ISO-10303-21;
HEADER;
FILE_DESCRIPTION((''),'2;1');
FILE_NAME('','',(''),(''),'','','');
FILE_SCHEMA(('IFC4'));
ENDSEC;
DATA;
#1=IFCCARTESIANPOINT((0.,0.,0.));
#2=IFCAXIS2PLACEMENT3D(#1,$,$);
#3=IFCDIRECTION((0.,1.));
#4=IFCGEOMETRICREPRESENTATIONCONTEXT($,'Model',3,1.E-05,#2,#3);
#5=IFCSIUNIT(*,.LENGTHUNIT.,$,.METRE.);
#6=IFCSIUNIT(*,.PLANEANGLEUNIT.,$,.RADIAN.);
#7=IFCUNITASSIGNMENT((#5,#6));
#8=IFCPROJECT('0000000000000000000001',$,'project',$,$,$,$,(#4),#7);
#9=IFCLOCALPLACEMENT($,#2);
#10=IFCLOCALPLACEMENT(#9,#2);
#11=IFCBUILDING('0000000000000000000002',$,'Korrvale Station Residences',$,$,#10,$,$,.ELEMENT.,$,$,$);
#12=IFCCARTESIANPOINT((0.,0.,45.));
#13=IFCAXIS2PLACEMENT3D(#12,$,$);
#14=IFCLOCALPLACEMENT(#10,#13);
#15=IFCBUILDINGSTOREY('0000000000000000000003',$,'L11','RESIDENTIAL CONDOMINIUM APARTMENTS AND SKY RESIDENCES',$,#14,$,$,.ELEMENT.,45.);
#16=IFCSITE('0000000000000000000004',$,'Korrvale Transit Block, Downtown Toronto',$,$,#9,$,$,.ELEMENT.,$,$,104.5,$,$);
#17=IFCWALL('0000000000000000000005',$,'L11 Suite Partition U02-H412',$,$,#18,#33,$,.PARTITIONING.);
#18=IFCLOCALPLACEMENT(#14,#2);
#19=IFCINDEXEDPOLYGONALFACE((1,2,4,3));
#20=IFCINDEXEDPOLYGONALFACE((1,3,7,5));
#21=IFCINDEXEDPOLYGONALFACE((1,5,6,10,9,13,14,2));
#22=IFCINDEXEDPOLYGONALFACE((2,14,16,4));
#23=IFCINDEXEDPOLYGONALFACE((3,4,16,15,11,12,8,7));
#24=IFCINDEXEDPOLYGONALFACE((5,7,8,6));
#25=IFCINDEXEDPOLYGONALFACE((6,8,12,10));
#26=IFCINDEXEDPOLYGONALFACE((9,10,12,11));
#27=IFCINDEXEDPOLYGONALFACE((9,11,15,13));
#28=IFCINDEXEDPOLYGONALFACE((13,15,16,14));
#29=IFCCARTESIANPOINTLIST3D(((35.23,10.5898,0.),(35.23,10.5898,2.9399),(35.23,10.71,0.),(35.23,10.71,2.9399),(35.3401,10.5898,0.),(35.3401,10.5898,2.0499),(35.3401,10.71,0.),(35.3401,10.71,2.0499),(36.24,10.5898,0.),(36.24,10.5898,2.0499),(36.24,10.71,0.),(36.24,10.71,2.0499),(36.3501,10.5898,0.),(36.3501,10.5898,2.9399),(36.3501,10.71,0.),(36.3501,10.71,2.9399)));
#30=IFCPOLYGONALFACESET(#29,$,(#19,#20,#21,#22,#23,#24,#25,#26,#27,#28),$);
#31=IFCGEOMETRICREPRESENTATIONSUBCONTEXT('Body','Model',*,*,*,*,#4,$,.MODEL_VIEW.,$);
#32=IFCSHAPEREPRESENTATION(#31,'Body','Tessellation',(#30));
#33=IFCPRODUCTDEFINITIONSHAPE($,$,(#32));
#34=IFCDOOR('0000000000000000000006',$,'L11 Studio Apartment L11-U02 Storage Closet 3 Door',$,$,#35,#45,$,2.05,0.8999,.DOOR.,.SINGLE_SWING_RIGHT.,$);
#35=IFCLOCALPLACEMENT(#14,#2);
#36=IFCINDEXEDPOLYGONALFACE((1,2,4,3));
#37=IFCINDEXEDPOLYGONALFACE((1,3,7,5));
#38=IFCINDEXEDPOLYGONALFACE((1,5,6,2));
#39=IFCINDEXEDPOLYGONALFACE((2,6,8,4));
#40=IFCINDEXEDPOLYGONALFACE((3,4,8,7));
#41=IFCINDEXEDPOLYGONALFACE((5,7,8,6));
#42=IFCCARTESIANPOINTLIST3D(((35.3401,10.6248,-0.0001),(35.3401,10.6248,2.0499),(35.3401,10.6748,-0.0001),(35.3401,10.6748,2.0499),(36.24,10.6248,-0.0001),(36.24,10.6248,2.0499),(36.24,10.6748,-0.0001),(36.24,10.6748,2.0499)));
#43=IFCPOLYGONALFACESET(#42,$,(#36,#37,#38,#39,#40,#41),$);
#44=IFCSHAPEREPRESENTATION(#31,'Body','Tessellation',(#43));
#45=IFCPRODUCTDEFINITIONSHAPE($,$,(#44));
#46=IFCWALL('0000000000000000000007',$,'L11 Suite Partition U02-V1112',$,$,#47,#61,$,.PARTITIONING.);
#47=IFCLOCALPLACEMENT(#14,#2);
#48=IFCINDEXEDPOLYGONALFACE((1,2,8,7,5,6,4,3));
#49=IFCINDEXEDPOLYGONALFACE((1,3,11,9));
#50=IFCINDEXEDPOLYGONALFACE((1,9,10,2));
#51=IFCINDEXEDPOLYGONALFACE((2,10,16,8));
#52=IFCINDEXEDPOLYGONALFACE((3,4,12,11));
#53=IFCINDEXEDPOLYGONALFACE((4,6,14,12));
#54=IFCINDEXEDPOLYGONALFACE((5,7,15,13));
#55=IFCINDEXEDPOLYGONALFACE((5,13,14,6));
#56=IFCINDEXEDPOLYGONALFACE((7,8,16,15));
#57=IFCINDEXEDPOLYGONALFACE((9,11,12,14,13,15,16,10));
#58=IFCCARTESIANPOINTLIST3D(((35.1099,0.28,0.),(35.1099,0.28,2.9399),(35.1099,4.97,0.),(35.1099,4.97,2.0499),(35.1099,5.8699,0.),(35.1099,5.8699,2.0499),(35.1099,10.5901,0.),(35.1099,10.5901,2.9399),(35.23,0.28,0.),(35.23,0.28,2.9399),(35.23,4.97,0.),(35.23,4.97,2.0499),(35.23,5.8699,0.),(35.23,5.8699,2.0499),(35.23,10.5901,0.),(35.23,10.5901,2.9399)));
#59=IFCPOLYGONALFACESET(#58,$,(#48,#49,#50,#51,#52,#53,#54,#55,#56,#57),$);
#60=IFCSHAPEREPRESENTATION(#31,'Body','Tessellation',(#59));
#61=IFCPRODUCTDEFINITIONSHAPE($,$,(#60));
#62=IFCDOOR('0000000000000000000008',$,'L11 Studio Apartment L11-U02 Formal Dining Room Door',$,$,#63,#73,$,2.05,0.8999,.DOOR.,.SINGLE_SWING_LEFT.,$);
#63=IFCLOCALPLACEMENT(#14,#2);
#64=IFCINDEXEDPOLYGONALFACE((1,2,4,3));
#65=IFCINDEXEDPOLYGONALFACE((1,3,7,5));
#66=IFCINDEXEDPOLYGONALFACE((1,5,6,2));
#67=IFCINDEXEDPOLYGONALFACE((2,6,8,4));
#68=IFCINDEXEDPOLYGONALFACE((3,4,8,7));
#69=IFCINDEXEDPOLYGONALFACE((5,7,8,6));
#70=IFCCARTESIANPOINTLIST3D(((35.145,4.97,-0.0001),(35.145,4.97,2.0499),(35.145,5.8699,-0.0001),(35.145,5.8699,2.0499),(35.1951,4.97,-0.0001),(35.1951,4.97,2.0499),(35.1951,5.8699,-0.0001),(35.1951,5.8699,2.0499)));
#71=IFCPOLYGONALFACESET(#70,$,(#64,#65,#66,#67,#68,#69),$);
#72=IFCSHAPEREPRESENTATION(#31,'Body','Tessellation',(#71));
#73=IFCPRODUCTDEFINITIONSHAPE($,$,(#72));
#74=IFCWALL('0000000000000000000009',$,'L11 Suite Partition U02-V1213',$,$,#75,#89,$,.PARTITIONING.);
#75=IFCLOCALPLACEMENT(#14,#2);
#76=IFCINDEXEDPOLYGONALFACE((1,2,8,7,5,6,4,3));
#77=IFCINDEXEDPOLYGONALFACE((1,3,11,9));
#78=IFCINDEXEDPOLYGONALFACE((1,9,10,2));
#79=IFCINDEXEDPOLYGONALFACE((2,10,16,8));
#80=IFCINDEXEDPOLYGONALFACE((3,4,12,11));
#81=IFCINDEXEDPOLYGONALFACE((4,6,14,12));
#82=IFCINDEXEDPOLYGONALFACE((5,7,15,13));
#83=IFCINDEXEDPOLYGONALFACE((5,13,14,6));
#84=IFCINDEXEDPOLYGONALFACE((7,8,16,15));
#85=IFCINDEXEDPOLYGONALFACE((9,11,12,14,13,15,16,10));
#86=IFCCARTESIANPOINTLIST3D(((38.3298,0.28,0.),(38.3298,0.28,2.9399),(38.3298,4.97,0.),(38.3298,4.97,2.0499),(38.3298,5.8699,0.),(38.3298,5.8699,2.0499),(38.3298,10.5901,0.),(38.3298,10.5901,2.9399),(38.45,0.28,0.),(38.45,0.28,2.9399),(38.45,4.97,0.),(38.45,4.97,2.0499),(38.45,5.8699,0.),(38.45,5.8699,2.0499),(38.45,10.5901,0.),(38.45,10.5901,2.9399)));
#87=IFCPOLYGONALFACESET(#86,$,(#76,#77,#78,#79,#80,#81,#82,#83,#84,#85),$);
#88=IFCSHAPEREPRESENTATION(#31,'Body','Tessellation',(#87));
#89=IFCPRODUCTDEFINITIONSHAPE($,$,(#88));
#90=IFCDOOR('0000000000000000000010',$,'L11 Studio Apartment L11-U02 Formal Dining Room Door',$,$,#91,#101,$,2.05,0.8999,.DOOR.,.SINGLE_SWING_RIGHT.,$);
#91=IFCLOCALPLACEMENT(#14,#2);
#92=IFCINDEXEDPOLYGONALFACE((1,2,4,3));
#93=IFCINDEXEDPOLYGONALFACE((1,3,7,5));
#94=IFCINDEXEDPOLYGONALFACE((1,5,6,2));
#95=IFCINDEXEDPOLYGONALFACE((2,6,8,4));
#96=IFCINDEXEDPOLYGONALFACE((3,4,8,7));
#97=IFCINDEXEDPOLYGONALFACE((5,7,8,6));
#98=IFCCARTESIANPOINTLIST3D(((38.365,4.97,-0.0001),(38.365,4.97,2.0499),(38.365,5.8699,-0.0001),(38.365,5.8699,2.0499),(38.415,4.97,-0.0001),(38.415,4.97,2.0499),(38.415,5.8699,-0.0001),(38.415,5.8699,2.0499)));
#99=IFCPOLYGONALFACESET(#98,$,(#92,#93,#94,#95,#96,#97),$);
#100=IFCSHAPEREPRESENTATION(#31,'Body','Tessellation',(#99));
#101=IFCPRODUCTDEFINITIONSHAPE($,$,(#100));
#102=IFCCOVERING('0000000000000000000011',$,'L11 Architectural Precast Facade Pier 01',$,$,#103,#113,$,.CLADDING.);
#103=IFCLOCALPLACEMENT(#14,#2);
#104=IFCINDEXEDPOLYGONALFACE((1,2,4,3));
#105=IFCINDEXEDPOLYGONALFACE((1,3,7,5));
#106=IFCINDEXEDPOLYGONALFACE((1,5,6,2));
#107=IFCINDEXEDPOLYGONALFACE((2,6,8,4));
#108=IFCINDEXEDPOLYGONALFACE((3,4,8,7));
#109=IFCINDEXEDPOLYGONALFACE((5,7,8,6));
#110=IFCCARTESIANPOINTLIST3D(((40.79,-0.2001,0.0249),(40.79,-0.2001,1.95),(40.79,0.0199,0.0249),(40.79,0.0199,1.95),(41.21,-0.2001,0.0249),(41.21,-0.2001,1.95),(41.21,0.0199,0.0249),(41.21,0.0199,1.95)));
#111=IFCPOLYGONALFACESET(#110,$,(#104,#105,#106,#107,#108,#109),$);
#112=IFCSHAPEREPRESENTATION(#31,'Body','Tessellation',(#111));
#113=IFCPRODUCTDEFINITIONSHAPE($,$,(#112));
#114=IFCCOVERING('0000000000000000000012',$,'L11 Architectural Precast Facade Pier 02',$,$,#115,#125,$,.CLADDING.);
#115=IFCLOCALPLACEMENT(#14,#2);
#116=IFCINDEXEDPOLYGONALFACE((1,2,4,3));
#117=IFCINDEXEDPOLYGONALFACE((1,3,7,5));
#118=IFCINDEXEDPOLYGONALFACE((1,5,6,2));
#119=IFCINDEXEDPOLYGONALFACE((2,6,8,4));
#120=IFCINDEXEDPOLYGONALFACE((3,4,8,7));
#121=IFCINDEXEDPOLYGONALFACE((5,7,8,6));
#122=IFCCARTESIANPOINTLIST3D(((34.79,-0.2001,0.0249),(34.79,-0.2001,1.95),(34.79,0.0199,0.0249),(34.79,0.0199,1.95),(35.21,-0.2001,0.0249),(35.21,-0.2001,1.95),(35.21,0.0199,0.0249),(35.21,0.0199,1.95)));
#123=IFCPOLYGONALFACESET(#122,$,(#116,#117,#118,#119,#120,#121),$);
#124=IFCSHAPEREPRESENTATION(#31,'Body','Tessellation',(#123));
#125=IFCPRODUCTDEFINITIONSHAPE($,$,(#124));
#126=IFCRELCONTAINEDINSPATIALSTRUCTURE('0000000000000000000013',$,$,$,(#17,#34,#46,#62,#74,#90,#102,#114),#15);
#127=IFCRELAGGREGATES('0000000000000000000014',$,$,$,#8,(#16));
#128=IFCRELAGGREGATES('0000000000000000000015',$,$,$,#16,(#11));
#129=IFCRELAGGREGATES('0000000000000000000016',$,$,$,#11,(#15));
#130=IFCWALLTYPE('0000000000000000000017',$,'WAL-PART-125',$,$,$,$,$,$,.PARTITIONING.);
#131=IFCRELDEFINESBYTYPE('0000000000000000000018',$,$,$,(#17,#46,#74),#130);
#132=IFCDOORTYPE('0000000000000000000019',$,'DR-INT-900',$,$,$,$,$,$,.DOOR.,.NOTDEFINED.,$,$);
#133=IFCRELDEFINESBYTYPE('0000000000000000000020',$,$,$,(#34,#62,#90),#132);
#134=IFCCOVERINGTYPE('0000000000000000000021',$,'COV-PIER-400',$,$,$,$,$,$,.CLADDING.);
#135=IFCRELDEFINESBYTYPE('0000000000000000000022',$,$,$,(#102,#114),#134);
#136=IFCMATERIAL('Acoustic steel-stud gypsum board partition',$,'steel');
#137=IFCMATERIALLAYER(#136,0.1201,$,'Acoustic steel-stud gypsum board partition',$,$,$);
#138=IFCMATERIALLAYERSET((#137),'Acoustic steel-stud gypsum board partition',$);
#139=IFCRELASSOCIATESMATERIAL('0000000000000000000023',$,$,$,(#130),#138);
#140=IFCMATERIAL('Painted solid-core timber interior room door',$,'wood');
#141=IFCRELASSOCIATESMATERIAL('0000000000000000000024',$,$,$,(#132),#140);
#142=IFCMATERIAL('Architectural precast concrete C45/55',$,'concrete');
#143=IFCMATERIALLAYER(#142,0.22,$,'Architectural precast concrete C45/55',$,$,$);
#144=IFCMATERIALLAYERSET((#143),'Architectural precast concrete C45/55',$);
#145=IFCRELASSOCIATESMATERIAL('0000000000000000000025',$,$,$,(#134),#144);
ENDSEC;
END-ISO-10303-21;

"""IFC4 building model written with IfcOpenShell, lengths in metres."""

from ifc_helpers import new_model, si_unit, direction, frame, frame_2d, origin, origin_2d, place, context, subcontext, project, spatial, rectangle, extrude, material, layer, layer_set, type_object, element, fill, save


model = new_model("IFC4")

# Units and contexts
model_context = context("Model", 3, precision=1e-05, world=origin(), true_north=direction((0.0, 1.0)))
body_context = subcontext(model_context, "Body", "Model", "MODEL_VIEW")
ifc_project = project(units=[si_unit("LENGTHUNIT", "METRE"), si_unit("PLANEANGLEUNIT", "RADIAN")], contexts=[model_context])

# Site, building, storey
site_placement = place(None, origin())
site = spatial("IfcSite", under=ifc_project, at=site_placement, Name="Korrvale Transit Block, Downtown Toronto", CompositionType="ELEMENT", RefElevation=104.5)
building_placement = place(site_placement, origin())
building = spatial("IfcBuilding", under=site, at=building_placement, Name="Korrvale Station Residences", CompositionType="ELEMENT")
storey_placement = place(building_placement, frame((0.0, 0.0, 45.0)))
storey = spatial("IfcBuildingStorey", under=building, at=storey_placement, Name="L11", Description="RESIDENTIAL CONDOMINIUM APARTMENTS AND SKY RESIDENCES", CompositionType="ELEMENT", Elevation=45.0)

# Walls, openings, doors
ifc_material_1 = material(Name="Acoustic steel-stud gypsum board partition", Category="steel")
ifc_layer_1 = layer(ifc_material_1, 0.1201, Name="Acoustic steel-stud gypsum board partition")
ifc_layer_set_1 = layer_set([ifc_layer_1], Name="Acoustic steel-stud gypsum board partition")
wall_type = type_object("IfcWallType", Name="WAL-PART-125", PredefinedType="PARTITIONING", material=ifc_layer_set_1)
ifc_material_2 = material(Name="Painted solid-core timber interior room door", Category="wood")
door_type = type_object("IfcDoorType", Name="DR-INT-900", OperationType="NOTDEFINED", PredefinedType="DOOR", material=ifc_material_2)
wall_1_placement = place(storey_placement, frame((35.23, 10.6499, 0.0), z_axis=(0.0, 0.0, 1.0), x_axis=(1.0, 0.0, 0.0)))
wall_1 = element("IfcWall", 1, at=wall_1_placement, inside=storey, type_object=wall_type, Name="L11 Suite Partition U02-H412", PredefinedType="PARTITIONING", context=body_context, shape_type="SweptSolid", body=[
    extrude(rectangle(XDim=1.1201, YDim=0.1201, at=frame_2d((0.5601, 0.0))), origin(), (0.0, 0.0, 1.0), 2.9399),
])
opening_1_placement = place(wall_1_placement, frame((0.1101, 0.0, 0.0)))
opening_1 = element("IfcOpeningElement", 2, at=opening_1_placement, cuts=wall_1, PredefinedType="OPENING", context=body_context, shape_type="SweptSolid", body=[
    extrude(rectangle(XDim=0.8999, YDim=2.05, at=frame_2d((0.45, 1.0249))), frame((0.0, 0.0701, 0.0), z_axis=(0.0, -1.0, 0.0), x_axis=(1.0, 0.0, 0.0)), (0.0, 0.0, 1.0), 0.1401),
])
door_1_placement = place(opening_1_placement, origin())
door_1 = element("IfcDoor", 3, at=door_1_placement, inside=storey, type_object=door_type, Name="L11 Studio Apartment L11-U02 Storage Closet 3 Door", OperationType="SINGLE_SWING_RIGHT", OverallHeight=2.05, OverallWidth=0.8999, PredefinedType="DOOR", context=body_context, shape_type="SweptSolid", body=[
    extrude(rectangle(XDim=0.8999, YDim=2.05, at=frame_2d((0.45, 1.0249))), frame((0.0, 0.0249, 0.0), z_axis=(0.0, -1.0, 0.0), x_axis=(1.0, 0.0, 0.0)), (0.0, 0.0, 1.0), 0.05),
])
fill(opening_1, door_1)
wall_2_placement = place(storey_placement, frame((35.1699, 0.28, 0.0), z_axis=(0.0, 0.0, 1.0), x_axis=(0.0, 1.0, 0.0)))
wall_2 = element("IfcWall", 4, at=wall_2_placement, inside=storey, type_object=wall_type, Name="L11 Suite Partition U02-V1112", PredefinedType="PARTITIONING", context=body_context, shape_type="SweptSolid", body=[
    extrude(rectangle(XDim=10.3101, YDim=0.1201, at=frame_2d((5.155, 0.0))), origin(), (0.0, 0.0, 1.0), 2.9399),
])
opening_2_placement = place(wall_2_placement, frame((4.6899, 0.0, 0.0)))
opening_2 = element("IfcOpeningElement", 5, at=opening_2_placement, cuts=wall_2, PredefinedType="OPENING", context=body_context, shape_type="SweptSolid", body=[
    extrude(rectangle(XDim=0.8999, YDim=2.05, at=frame_2d((0.45, 1.0249))), frame((0.0, 0.0701, 0.0), z_axis=(0.0, -1.0, 0.0), x_axis=(1.0, 0.0, 0.0)), (0.0, 0.0, 1.0), 0.1401),
])
door_2_placement = place(opening_2_placement, origin())
door_2 = element("IfcDoor", 6, at=door_2_placement, inside=storey, type_object=door_type, Name="L11 Studio Apartment L11-U02 Formal Dining Room Door", OperationType="SINGLE_SWING_LEFT", OverallHeight=2.05, OverallWidth=0.8999, PredefinedType="DOOR", context=body_context, shape_type="SweptSolid", body=[
    extrude(rectangle(XDim=0.8999, YDim=2.05, at=frame_2d((0.45, 1.0249))), frame((0.0, 0.0249, 0.0), z_axis=(0.0, -1.0, 0.0), x_axis=(1.0, 0.0, 0.0)), (0.0, 0.0, 1.0), 0.05),
])
fill(opening_2, door_2)
wall_3_placement = place(storey_placement, frame((38.3899, 0.28, 0.0), z_axis=(0.0, 0.0, 1.0), x_axis=(0.0, 1.0, 0.0)))
wall_3 = element("IfcWall", 7, at=wall_3_placement, inside=storey, type_object=wall_type, Name="L11 Suite Partition U02-V1213", PredefinedType="PARTITIONING", context=body_context, shape_type="SweptSolid", body=[
    extrude(rectangle(XDim=10.3101, YDim=0.1201, at=frame_2d((5.155, 0.0))), origin(), (0.0, 0.0, 1.0), 2.9399),
])
opening_3_placement = place(wall_3_placement, frame((4.6899, 0.0, 0.0)))
opening_3 = element("IfcOpeningElement", 8, at=opening_3_placement, cuts=wall_3, PredefinedType="OPENING", context=body_context, shape_type="SweptSolid", body=[
    extrude(rectangle(XDim=0.8999, YDim=2.05, at=frame_2d((0.45, 1.0249))), frame((0.0, 0.0701, 0.0), z_axis=(0.0, -1.0, 0.0), x_axis=(1.0, 0.0, 0.0)), (0.0, 0.0, 1.0), 0.1401),
])
door_3_placement = place(opening_3_placement, origin())
door_3 = element("IfcDoor", 9, at=door_3_placement, inside=storey, type_object=door_type, Name="L11 Studio Apartment L11-U02 Formal Dining Room Door", OperationType="SINGLE_SWING_RIGHT", OverallHeight=2.05, OverallWidth=0.8999, PredefinedType="DOOR", context=body_context, shape_type="SweptSolid", body=[
    extrude(rectangle(XDim=0.8999, YDim=2.05, at=frame_2d((0.45, 1.0249))), frame((0.0, 0.0249, 0.0), z_axis=(0.0, -1.0, 0.0), x_axis=(1.0, 0.0, 0.0)), (0.0, 0.0, 1.0), 0.05),
])
fill(opening_3, door_3)

# Coverings
ifc_material_3 = material(Name="Architectural precast concrete C45/55", Category="concrete")
ifc_layer_2 = layer(ifc_material_3, 0.22, Name="Architectural precast concrete C45/55")
ifc_layer_set_2 = layer_set([ifc_layer_2], Name="Architectural precast concrete C45/55")
covering_type = type_object("IfcCoveringType", Name="COV-PIER-400", PredefinedType="CLADDING", material=ifc_layer_set_2)
for number, where, z_axis, x_axis, name in (
    (10, (41.0, -0.0901, 0.0249), (0.0, 0.0, 1.0), (1.0, 0.0, 0.0), "L11 Architectural Precast Facade Pier 01"),
    (11, (35.0, -0.0901, 0.0249), (0.0, 0.0, 1.0), (1.0, 0.0, 0.0), "L11 Architectural Precast Facade Pier 02"),
):
    element("IfcCovering", number, at=place(storey_placement, frame(where, z_axis=z_axis, x_axis=x_axis)), inside=storey, type_object=covering_type, Name=name, PredefinedType="CLADDING", context=body_context, shape_type="SweptSolid", body=[
        extrude(rectangle(XDim=0.4199, YDim=0.22, at=origin_2d()), origin(), (0.0, 0.0, 1.0), 1.925),
    ])

save(model, "model.ifc")
